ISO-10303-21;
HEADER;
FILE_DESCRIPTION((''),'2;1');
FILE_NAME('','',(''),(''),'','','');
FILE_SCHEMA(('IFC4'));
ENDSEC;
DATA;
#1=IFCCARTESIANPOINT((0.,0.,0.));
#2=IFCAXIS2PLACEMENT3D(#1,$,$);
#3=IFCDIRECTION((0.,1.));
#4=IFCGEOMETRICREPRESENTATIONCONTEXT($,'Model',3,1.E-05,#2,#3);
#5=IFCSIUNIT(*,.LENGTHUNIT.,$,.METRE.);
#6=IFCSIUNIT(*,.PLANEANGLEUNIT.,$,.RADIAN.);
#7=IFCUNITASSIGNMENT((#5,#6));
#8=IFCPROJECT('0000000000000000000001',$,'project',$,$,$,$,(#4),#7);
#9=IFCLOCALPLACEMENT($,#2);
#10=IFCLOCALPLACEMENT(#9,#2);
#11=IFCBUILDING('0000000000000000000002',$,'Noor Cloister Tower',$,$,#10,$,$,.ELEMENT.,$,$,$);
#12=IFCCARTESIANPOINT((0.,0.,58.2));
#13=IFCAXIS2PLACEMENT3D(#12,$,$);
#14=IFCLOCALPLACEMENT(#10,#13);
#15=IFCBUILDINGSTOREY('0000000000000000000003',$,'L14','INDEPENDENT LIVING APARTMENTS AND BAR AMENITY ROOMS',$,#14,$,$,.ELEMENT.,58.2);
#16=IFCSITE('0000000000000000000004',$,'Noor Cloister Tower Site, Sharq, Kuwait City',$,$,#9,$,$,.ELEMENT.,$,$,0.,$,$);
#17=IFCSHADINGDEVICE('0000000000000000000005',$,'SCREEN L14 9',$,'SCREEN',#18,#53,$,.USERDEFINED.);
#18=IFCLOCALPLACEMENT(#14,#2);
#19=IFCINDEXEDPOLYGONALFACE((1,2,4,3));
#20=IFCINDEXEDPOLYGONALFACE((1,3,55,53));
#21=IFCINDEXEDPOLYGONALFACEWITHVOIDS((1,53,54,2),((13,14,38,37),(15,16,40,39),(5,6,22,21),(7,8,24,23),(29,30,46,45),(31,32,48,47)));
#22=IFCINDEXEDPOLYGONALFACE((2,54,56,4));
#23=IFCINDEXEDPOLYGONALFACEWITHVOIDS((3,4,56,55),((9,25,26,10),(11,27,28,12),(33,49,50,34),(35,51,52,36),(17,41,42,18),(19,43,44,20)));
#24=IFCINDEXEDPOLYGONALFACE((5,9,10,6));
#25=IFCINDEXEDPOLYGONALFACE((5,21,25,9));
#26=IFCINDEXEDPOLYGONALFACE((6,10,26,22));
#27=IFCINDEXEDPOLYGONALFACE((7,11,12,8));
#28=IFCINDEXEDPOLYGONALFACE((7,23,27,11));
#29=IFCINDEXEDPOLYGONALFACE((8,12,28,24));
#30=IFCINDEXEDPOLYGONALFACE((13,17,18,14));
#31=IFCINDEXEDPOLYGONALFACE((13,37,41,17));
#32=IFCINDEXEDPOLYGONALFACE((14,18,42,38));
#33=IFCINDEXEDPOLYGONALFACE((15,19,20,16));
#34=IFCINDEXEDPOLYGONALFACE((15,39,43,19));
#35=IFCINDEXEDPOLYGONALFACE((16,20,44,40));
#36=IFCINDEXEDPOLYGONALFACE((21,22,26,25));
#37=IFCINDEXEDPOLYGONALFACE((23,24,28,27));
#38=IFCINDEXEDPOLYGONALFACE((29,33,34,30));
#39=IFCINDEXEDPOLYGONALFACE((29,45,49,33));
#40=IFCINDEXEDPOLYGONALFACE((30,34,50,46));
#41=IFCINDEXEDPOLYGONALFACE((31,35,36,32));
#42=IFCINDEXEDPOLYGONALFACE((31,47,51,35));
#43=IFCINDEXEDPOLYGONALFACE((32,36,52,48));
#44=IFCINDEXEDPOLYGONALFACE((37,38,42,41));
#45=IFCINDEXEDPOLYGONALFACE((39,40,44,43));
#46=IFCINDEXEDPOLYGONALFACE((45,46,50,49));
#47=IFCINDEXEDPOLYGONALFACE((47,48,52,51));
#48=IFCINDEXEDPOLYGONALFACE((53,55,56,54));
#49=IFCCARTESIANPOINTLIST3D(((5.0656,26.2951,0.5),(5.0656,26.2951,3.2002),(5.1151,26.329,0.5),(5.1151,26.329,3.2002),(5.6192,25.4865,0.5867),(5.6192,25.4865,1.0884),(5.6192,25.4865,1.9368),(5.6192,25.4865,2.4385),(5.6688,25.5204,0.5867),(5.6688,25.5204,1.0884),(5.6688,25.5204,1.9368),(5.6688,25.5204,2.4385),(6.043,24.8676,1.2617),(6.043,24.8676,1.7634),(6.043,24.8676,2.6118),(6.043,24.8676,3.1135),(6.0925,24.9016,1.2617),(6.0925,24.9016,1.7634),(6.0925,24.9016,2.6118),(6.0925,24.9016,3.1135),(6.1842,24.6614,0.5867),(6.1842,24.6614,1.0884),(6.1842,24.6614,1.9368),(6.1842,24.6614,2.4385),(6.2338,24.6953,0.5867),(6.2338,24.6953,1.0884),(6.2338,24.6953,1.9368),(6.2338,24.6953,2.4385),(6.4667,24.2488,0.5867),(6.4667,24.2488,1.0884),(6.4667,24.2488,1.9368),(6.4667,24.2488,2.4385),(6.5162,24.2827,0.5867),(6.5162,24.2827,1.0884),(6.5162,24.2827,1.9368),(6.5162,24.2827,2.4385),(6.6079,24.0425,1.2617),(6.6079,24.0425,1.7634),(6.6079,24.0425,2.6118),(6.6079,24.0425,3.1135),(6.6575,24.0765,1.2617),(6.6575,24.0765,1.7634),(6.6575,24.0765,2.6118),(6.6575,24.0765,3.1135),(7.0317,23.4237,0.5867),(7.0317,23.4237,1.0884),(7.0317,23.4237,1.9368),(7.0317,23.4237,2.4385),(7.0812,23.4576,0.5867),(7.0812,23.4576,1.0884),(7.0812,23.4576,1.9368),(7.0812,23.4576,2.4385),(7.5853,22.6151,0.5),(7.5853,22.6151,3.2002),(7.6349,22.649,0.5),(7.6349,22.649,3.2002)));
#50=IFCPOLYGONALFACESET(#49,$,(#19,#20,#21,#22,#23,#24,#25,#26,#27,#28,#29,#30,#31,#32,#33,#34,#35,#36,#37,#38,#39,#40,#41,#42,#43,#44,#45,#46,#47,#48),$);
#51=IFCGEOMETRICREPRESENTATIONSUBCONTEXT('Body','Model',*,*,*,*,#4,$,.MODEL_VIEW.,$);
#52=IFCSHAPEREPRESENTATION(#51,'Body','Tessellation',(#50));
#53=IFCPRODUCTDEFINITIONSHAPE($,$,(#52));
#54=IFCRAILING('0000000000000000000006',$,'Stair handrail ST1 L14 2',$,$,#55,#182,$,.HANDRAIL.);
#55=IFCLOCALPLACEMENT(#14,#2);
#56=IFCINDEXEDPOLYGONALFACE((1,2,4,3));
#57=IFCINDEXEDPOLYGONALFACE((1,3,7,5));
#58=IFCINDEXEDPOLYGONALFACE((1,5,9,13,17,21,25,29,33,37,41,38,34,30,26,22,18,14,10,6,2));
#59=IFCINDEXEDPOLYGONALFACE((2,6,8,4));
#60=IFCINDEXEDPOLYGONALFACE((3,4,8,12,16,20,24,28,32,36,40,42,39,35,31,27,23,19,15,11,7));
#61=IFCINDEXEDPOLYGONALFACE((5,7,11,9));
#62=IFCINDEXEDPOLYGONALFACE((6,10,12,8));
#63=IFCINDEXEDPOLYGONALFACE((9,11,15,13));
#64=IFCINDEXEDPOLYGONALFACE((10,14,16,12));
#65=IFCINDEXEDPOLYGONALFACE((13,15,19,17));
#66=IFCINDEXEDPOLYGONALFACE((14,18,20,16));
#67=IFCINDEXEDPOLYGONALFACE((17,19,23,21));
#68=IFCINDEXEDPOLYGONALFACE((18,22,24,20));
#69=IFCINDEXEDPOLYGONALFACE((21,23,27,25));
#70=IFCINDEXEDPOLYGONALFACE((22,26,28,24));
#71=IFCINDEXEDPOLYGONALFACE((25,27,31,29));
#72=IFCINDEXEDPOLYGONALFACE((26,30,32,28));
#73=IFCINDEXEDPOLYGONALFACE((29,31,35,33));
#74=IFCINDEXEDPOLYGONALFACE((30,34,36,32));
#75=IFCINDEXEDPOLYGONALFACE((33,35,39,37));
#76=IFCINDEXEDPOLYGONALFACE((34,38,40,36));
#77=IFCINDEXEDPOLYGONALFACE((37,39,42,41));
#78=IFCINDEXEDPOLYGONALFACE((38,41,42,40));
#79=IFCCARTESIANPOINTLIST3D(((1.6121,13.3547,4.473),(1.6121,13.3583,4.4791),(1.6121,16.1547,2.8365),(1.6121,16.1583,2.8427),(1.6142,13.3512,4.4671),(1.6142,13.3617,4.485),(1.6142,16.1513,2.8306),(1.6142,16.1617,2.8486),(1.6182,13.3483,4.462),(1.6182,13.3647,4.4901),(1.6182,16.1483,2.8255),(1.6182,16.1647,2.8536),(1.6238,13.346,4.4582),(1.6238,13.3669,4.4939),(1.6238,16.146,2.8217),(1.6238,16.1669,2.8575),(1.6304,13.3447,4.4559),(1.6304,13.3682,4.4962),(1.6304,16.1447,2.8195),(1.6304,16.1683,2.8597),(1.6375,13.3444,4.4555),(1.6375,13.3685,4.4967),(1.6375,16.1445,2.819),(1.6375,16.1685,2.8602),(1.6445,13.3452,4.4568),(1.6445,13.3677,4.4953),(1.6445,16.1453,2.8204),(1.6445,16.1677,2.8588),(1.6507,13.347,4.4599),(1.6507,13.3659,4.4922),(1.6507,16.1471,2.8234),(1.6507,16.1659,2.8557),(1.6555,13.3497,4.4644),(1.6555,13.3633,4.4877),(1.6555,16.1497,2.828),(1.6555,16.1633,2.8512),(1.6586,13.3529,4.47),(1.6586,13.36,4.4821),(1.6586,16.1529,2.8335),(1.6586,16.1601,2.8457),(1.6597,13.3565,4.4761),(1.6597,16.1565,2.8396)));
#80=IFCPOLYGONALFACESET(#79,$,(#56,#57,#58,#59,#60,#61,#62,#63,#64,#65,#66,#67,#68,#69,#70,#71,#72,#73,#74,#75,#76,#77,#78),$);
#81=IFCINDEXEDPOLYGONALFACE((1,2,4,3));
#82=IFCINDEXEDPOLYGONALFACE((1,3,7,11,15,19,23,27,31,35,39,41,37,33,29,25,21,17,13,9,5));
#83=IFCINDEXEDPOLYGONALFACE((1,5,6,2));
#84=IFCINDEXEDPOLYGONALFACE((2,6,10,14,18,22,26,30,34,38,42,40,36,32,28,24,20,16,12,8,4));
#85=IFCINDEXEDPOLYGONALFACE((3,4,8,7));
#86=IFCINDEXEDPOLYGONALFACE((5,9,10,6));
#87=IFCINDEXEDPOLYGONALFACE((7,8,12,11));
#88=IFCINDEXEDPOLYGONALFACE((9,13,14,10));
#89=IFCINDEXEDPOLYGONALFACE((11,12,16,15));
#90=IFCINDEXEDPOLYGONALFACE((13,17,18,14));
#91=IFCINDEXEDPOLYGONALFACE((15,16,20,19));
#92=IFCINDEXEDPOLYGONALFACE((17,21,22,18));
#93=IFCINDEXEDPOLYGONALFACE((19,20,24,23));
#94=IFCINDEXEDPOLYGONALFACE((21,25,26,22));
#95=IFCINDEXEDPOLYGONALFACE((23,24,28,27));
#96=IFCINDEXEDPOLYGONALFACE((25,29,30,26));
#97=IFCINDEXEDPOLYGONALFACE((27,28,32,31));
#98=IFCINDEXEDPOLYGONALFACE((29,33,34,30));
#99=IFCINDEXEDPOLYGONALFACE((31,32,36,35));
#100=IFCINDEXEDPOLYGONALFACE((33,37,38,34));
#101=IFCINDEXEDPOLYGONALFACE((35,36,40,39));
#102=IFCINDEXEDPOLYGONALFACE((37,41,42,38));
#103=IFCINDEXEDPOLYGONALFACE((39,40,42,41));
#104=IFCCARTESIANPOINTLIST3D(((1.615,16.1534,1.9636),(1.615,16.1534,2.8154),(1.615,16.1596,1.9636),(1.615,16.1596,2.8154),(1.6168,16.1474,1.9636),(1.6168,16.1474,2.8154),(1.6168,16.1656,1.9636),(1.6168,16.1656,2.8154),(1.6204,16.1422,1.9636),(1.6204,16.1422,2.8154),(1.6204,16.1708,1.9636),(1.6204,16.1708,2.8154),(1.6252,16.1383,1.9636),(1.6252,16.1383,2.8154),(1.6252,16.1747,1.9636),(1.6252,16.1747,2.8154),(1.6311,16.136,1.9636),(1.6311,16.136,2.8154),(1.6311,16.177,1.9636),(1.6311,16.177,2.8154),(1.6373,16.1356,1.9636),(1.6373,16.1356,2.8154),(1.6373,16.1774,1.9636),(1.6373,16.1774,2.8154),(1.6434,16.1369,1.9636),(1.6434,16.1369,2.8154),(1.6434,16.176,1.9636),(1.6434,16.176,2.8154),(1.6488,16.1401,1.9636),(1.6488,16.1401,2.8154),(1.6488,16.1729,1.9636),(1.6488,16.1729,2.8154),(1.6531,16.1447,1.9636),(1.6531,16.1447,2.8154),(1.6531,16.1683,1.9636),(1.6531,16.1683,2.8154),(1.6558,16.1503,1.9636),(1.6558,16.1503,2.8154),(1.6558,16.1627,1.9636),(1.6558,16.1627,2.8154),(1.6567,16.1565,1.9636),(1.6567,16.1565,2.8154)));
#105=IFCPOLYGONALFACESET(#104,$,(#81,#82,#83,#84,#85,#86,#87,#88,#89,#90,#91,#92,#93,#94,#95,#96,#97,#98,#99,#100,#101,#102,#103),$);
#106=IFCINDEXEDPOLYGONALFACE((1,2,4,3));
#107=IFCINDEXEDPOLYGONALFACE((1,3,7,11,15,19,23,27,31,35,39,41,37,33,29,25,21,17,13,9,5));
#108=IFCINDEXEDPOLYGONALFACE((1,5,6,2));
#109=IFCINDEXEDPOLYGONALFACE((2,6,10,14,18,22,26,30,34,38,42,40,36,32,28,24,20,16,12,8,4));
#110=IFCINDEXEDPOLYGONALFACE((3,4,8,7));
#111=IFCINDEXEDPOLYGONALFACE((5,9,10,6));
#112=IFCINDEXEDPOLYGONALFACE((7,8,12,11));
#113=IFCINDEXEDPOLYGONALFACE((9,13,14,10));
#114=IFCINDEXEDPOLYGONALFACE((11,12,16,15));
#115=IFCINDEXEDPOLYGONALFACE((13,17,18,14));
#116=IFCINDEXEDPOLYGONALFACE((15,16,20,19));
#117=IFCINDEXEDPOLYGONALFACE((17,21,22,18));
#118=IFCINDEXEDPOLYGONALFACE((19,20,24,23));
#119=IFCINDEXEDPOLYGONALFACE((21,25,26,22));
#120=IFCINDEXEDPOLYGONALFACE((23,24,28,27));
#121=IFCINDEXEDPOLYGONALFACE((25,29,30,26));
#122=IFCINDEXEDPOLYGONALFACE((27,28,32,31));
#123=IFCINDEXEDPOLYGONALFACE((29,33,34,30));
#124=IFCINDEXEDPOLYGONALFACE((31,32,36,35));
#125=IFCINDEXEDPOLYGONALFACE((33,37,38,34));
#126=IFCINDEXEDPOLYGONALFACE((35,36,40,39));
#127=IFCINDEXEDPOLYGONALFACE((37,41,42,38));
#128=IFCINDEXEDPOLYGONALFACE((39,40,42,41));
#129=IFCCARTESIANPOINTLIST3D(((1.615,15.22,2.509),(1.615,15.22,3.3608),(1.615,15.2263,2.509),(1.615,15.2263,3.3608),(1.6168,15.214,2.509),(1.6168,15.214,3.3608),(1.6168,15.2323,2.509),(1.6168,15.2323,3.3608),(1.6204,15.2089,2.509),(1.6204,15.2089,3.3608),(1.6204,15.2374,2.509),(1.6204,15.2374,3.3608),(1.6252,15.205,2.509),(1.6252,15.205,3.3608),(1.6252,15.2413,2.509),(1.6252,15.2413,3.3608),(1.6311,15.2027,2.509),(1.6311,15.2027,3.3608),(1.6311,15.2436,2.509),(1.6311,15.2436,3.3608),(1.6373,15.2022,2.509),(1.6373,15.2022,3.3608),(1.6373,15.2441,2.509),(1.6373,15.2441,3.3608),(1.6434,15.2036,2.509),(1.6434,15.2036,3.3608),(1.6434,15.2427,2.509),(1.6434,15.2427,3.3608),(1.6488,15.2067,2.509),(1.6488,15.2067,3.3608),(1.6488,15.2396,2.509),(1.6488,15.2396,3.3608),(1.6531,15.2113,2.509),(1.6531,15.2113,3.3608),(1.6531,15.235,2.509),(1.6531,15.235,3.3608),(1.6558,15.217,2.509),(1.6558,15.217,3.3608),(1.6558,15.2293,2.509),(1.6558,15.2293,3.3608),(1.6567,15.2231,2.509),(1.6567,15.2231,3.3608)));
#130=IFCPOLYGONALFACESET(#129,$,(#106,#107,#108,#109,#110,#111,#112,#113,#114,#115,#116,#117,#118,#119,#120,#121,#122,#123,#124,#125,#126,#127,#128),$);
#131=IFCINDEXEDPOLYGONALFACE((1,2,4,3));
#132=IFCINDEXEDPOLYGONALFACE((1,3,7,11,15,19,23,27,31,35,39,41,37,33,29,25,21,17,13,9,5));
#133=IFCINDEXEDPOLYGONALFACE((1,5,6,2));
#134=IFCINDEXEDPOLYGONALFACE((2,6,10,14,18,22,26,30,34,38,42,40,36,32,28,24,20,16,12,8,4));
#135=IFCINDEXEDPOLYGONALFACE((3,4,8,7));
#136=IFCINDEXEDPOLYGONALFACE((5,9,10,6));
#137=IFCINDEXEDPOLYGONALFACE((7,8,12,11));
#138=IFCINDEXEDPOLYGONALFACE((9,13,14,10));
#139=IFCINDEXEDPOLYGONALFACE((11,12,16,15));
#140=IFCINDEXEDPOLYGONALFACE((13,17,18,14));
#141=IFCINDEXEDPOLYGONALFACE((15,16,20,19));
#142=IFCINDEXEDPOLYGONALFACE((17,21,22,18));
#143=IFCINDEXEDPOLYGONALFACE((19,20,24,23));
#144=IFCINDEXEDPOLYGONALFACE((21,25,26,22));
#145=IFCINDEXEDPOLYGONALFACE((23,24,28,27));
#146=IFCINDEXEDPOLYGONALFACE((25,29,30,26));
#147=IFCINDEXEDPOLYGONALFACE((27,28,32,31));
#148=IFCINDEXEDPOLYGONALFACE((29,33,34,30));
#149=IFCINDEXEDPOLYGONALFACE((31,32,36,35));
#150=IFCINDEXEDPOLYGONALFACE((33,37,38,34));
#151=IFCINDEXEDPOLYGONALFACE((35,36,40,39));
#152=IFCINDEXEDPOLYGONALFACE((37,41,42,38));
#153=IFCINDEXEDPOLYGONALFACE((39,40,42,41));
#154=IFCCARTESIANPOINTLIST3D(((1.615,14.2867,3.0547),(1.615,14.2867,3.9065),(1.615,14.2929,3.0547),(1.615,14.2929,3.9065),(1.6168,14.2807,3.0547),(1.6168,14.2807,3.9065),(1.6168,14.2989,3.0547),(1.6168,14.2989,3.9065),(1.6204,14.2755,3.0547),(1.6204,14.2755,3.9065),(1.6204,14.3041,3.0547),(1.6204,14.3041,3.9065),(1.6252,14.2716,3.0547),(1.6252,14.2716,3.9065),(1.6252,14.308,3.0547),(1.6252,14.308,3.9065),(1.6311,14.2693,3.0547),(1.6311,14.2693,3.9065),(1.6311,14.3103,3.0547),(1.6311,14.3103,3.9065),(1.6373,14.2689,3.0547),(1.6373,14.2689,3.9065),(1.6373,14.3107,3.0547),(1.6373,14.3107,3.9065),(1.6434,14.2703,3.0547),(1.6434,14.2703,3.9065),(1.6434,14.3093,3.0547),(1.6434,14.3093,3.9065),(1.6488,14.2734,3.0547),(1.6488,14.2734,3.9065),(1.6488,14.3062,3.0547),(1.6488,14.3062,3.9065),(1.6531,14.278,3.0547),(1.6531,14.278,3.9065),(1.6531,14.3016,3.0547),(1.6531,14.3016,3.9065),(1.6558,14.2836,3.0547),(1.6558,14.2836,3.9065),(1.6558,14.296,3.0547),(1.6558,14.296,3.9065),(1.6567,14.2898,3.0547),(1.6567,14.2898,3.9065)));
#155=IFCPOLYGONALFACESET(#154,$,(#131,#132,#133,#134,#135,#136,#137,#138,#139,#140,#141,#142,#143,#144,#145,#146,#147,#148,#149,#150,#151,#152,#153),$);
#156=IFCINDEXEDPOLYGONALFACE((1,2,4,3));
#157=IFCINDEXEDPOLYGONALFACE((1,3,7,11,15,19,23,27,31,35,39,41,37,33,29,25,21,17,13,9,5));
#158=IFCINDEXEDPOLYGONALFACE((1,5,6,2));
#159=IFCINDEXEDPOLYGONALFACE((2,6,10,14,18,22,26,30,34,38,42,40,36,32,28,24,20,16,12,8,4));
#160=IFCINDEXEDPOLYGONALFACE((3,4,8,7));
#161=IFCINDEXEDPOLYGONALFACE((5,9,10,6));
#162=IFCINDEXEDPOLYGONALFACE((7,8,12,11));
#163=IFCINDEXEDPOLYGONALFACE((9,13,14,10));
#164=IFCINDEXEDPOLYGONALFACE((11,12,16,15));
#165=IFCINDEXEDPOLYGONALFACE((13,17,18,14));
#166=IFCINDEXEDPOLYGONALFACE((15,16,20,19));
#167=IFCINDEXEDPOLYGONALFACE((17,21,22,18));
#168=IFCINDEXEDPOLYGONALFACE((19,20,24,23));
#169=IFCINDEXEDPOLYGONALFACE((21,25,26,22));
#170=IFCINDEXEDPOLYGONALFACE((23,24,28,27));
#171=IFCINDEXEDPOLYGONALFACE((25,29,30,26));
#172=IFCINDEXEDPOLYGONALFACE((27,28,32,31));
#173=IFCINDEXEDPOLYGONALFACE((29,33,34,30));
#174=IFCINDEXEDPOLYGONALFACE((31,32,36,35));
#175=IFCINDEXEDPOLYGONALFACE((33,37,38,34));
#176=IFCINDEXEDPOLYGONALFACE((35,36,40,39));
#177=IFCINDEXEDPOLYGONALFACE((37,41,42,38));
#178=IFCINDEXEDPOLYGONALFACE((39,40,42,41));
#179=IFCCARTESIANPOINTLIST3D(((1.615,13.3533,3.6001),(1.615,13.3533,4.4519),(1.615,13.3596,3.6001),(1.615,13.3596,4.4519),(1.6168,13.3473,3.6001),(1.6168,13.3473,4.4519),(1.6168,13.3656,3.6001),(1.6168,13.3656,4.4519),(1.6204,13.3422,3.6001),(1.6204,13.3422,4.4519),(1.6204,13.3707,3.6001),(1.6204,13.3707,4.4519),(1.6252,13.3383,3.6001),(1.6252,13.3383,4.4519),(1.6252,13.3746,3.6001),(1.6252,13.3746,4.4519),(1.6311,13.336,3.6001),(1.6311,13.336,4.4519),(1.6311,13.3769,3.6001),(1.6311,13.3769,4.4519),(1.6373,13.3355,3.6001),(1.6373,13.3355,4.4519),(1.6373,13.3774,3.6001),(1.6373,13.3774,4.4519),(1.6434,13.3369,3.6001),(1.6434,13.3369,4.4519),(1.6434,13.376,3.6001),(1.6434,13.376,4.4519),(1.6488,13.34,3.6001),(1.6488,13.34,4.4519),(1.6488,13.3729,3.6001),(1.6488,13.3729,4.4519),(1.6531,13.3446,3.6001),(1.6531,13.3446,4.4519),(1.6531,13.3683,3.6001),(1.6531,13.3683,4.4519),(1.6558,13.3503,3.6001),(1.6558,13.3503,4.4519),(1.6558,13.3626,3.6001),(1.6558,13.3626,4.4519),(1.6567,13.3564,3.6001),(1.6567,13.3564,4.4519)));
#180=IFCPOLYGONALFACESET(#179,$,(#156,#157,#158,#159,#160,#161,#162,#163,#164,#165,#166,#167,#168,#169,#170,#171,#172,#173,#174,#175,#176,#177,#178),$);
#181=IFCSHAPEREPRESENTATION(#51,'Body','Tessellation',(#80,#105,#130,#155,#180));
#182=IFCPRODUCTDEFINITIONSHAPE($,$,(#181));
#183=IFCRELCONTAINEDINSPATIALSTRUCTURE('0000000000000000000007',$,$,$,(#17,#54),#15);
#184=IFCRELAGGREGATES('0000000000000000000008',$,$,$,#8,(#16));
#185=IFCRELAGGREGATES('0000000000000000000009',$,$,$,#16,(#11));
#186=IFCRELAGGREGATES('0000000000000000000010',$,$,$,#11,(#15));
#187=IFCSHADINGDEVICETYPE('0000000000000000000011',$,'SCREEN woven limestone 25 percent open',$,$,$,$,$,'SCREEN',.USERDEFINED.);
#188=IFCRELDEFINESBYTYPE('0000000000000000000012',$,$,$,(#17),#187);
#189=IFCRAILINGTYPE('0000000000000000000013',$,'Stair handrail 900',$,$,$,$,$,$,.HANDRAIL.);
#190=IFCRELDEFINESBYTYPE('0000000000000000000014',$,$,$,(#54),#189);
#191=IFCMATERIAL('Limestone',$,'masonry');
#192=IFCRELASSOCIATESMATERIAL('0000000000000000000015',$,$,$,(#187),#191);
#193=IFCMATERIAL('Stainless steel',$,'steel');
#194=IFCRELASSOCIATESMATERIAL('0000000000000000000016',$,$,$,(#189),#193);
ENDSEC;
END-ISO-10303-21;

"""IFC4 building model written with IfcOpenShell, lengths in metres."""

from ifc_helpers import new_model, si_unit, direction, frame, origin, origin_2d, place, context, subcontext, project, spatial, polyline, circle, outline, extrude, material, material_profile, profile_set, type_object, element, save


model = new_model("IFC4")

# Units and contexts
model_context = context("Model", 3, precision=1e-05, world=origin(), true_north=direction((0.0, 1.0)))
body_context = subcontext(model_context, "Body", "Model", "MODEL_VIEW")
ifc_project = project(units=[si_unit("LENGTHUNIT", "METRE"), si_unit("PLANEANGLEUNIT", "RADIAN")], contexts=[model_context])

# Site, building, storey
site_placement = place(None, origin())
site = spatial("IfcSite", under=ifc_project, at=site_placement, Name="Noor Cloister Tower Site, Sharq, Kuwait City", CompositionType="ELEMENT", RefElevation=0.0)
building_placement = place(site_placement, origin())
building = spatial("IfcBuilding", under=site, at=building_placement, Name="Noor Cloister Tower", CompositionType="ELEMENT")
storey_placement = place(building_placement, frame((0.0, 0.0, 58.2)))
storey = spatial("IfcBuildingStorey", under=building, at=storey_placement, Name="L14", Description="INDEPENDENT LIVING APARTMENTS AND BAR AMENITY ROOMS", CompositionType="ELEMENT", Elevation=58.2)

# Shading device
ifc_material_1 = material(Name="Limestone", Category="masonry")
ifc_material_profile_1 = material_profile(ifc_material_1, outline(polyline([(-2.23, -1.3501), (2.23, -1.3501), (2.23, 1.3501), (-2.23, 1.3501), (-2.23, -1.3501)]), holes=[polyline([(-1.25, -1.2634), (-0.25, -1.2634), (-0.25, -0.7617), (-1.25, -0.7617), (-1.25, -1.2634)]), polyline([(0.25, -1.2634), (1.25, -1.2634), (1.25, -0.7617), (0.25, -0.7617), (0.25, -1.2634)]), polyline([(-0.5, -0.5884), (0.5, -0.5884), (0.5, -0.0867), (-0.5, -0.0867), (-0.5, -0.5884)]), polyline([(-1.25, 0.0867), (-0.25, 0.0867), (-0.25, 0.5884), (-1.25, 0.5884), (-1.25, 0.0867)]), polyline([(0.25, 0.0867), (1.25, 0.0867), (1.25, 0.5884), (0.25, 0.5884), (0.25, 0.0867)]), polyline([(-0.5, 0.7617), (0.5, 0.7617), (0.5, 1.2634), (-0.5, 1.2634), (-0.5, 0.7617)])]), Name="Woven screen 25 percent open")
ifc_profile_set_1 = profile_set([ifc_material_profile_1], Name="Limestone")
shading_device_type = type_object("IfcShadingDeviceType", Name="SCREEN woven limestone 25 percent open", ElementType="SCREEN", PredefinedType="USERDEFINED", material=ifc_profile_set_1)
shading_device_1_placement = place(storey_placement, frame((6.3254, 24.4551, 1.8501), z_axis=(0.825108, 0.564975, 0.0), x_axis=(-0.564975, 0.825108, 0.0)))
element("IfcShadingDevice", 1, at=shading_device_1_placement, inside=storey, type_object=shading_device_type, Name="SCREEN L14 9", ObjectType="SCREEN", PredefinedType="USERDEFINED", context=body_context, shape_type="SweptSolid", body=[
    extrude(outline(polyline([(-2.23, -1.3501), (2.23, -1.3501), (2.23, 1.3501), (-2.23, 1.3501), (-2.23, -1.3501)]), holes=[polyline([(-1.25, -1.2634), (-0.25, -1.2634), (-0.25, -0.7617), (-1.25, -0.7617), (-1.25, -1.2634)]), polyline([(0.25, -1.2634), (1.25, -1.2634), (1.25, -0.7617), (0.25, -0.7617), (0.25, -1.2634)]), polyline([(-0.5, -0.5884), (0.5, -0.5884), (0.5, -0.0867), (-0.5, -0.0867), (-0.5, -0.5884)]), polyline([(-1.25, 0.0867), (-0.25, 0.0867), (-0.25, 0.5884), (-1.25, 0.5884), (-1.25, 0.0867)]), polyline([(0.25, 0.0867), (1.25, 0.0867), (1.25, 0.5884), (0.25, 0.5884), (0.25, 0.0867)]), polyline([(-0.5, 0.7617), (0.5, 0.7617), (0.5, 1.2634), (-0.5, 1.2634), (-0.5, 0.7617)])]), origin(), (0.0, 0.0, 1.0), 0.0601),
])

# Railing
ifc_material_2 = material(Name="Stainless steel", Category="steel")
railing_type = type_object("IfcRailingType", Name="Stair handrail 900", PredefinedType="HANDRAIL", material=ifc_material_2)
railing_placement = place(storey_placement, frame((1.6357, 16.1565, 1.9636)))
element("IfcRailing", 2, at=railing_placement, inside=storey, type_object=railing_type, Name="Stair handrail ST1 L14 2", PredefinedType="HANDRAIL", context=body_context, shape_type="SweptSolid", body=[
    extrude(circle(Radius=0.0239, at=origin_2d()), frame((0.0, 0.0, 0.876), z_axis=(0.0, -0.863361, 0.504587), x_axis=(1.0, 0.0, 0.0)), (0.0, 0.0, 1.0), 3.2432),
    extrude(circle(Radius=0.021, at=origin_2d()), origin(), (0.0, 0.0, 1.0), 0.8518),
    extrude(circle(Radius=0.021, at=origin_2d()), frame((0.0, -0.9333, 0.5454)), (0.0, 0.0, 1.0), 0.8518),
    extrude(circle(Radius=0.021, at=origin_2d()), frame((0.0, -1.8667, 1.0911)), (0.0, 0.0, 1.0), 0.8518),
    extrude(circle(Radius=0.021, at=origin_2d()), frame((0.0, -2.8, 1.6365)), (0.0, 0.0, 1.0), 0.8518),
])

save(model, "model.ifc")
